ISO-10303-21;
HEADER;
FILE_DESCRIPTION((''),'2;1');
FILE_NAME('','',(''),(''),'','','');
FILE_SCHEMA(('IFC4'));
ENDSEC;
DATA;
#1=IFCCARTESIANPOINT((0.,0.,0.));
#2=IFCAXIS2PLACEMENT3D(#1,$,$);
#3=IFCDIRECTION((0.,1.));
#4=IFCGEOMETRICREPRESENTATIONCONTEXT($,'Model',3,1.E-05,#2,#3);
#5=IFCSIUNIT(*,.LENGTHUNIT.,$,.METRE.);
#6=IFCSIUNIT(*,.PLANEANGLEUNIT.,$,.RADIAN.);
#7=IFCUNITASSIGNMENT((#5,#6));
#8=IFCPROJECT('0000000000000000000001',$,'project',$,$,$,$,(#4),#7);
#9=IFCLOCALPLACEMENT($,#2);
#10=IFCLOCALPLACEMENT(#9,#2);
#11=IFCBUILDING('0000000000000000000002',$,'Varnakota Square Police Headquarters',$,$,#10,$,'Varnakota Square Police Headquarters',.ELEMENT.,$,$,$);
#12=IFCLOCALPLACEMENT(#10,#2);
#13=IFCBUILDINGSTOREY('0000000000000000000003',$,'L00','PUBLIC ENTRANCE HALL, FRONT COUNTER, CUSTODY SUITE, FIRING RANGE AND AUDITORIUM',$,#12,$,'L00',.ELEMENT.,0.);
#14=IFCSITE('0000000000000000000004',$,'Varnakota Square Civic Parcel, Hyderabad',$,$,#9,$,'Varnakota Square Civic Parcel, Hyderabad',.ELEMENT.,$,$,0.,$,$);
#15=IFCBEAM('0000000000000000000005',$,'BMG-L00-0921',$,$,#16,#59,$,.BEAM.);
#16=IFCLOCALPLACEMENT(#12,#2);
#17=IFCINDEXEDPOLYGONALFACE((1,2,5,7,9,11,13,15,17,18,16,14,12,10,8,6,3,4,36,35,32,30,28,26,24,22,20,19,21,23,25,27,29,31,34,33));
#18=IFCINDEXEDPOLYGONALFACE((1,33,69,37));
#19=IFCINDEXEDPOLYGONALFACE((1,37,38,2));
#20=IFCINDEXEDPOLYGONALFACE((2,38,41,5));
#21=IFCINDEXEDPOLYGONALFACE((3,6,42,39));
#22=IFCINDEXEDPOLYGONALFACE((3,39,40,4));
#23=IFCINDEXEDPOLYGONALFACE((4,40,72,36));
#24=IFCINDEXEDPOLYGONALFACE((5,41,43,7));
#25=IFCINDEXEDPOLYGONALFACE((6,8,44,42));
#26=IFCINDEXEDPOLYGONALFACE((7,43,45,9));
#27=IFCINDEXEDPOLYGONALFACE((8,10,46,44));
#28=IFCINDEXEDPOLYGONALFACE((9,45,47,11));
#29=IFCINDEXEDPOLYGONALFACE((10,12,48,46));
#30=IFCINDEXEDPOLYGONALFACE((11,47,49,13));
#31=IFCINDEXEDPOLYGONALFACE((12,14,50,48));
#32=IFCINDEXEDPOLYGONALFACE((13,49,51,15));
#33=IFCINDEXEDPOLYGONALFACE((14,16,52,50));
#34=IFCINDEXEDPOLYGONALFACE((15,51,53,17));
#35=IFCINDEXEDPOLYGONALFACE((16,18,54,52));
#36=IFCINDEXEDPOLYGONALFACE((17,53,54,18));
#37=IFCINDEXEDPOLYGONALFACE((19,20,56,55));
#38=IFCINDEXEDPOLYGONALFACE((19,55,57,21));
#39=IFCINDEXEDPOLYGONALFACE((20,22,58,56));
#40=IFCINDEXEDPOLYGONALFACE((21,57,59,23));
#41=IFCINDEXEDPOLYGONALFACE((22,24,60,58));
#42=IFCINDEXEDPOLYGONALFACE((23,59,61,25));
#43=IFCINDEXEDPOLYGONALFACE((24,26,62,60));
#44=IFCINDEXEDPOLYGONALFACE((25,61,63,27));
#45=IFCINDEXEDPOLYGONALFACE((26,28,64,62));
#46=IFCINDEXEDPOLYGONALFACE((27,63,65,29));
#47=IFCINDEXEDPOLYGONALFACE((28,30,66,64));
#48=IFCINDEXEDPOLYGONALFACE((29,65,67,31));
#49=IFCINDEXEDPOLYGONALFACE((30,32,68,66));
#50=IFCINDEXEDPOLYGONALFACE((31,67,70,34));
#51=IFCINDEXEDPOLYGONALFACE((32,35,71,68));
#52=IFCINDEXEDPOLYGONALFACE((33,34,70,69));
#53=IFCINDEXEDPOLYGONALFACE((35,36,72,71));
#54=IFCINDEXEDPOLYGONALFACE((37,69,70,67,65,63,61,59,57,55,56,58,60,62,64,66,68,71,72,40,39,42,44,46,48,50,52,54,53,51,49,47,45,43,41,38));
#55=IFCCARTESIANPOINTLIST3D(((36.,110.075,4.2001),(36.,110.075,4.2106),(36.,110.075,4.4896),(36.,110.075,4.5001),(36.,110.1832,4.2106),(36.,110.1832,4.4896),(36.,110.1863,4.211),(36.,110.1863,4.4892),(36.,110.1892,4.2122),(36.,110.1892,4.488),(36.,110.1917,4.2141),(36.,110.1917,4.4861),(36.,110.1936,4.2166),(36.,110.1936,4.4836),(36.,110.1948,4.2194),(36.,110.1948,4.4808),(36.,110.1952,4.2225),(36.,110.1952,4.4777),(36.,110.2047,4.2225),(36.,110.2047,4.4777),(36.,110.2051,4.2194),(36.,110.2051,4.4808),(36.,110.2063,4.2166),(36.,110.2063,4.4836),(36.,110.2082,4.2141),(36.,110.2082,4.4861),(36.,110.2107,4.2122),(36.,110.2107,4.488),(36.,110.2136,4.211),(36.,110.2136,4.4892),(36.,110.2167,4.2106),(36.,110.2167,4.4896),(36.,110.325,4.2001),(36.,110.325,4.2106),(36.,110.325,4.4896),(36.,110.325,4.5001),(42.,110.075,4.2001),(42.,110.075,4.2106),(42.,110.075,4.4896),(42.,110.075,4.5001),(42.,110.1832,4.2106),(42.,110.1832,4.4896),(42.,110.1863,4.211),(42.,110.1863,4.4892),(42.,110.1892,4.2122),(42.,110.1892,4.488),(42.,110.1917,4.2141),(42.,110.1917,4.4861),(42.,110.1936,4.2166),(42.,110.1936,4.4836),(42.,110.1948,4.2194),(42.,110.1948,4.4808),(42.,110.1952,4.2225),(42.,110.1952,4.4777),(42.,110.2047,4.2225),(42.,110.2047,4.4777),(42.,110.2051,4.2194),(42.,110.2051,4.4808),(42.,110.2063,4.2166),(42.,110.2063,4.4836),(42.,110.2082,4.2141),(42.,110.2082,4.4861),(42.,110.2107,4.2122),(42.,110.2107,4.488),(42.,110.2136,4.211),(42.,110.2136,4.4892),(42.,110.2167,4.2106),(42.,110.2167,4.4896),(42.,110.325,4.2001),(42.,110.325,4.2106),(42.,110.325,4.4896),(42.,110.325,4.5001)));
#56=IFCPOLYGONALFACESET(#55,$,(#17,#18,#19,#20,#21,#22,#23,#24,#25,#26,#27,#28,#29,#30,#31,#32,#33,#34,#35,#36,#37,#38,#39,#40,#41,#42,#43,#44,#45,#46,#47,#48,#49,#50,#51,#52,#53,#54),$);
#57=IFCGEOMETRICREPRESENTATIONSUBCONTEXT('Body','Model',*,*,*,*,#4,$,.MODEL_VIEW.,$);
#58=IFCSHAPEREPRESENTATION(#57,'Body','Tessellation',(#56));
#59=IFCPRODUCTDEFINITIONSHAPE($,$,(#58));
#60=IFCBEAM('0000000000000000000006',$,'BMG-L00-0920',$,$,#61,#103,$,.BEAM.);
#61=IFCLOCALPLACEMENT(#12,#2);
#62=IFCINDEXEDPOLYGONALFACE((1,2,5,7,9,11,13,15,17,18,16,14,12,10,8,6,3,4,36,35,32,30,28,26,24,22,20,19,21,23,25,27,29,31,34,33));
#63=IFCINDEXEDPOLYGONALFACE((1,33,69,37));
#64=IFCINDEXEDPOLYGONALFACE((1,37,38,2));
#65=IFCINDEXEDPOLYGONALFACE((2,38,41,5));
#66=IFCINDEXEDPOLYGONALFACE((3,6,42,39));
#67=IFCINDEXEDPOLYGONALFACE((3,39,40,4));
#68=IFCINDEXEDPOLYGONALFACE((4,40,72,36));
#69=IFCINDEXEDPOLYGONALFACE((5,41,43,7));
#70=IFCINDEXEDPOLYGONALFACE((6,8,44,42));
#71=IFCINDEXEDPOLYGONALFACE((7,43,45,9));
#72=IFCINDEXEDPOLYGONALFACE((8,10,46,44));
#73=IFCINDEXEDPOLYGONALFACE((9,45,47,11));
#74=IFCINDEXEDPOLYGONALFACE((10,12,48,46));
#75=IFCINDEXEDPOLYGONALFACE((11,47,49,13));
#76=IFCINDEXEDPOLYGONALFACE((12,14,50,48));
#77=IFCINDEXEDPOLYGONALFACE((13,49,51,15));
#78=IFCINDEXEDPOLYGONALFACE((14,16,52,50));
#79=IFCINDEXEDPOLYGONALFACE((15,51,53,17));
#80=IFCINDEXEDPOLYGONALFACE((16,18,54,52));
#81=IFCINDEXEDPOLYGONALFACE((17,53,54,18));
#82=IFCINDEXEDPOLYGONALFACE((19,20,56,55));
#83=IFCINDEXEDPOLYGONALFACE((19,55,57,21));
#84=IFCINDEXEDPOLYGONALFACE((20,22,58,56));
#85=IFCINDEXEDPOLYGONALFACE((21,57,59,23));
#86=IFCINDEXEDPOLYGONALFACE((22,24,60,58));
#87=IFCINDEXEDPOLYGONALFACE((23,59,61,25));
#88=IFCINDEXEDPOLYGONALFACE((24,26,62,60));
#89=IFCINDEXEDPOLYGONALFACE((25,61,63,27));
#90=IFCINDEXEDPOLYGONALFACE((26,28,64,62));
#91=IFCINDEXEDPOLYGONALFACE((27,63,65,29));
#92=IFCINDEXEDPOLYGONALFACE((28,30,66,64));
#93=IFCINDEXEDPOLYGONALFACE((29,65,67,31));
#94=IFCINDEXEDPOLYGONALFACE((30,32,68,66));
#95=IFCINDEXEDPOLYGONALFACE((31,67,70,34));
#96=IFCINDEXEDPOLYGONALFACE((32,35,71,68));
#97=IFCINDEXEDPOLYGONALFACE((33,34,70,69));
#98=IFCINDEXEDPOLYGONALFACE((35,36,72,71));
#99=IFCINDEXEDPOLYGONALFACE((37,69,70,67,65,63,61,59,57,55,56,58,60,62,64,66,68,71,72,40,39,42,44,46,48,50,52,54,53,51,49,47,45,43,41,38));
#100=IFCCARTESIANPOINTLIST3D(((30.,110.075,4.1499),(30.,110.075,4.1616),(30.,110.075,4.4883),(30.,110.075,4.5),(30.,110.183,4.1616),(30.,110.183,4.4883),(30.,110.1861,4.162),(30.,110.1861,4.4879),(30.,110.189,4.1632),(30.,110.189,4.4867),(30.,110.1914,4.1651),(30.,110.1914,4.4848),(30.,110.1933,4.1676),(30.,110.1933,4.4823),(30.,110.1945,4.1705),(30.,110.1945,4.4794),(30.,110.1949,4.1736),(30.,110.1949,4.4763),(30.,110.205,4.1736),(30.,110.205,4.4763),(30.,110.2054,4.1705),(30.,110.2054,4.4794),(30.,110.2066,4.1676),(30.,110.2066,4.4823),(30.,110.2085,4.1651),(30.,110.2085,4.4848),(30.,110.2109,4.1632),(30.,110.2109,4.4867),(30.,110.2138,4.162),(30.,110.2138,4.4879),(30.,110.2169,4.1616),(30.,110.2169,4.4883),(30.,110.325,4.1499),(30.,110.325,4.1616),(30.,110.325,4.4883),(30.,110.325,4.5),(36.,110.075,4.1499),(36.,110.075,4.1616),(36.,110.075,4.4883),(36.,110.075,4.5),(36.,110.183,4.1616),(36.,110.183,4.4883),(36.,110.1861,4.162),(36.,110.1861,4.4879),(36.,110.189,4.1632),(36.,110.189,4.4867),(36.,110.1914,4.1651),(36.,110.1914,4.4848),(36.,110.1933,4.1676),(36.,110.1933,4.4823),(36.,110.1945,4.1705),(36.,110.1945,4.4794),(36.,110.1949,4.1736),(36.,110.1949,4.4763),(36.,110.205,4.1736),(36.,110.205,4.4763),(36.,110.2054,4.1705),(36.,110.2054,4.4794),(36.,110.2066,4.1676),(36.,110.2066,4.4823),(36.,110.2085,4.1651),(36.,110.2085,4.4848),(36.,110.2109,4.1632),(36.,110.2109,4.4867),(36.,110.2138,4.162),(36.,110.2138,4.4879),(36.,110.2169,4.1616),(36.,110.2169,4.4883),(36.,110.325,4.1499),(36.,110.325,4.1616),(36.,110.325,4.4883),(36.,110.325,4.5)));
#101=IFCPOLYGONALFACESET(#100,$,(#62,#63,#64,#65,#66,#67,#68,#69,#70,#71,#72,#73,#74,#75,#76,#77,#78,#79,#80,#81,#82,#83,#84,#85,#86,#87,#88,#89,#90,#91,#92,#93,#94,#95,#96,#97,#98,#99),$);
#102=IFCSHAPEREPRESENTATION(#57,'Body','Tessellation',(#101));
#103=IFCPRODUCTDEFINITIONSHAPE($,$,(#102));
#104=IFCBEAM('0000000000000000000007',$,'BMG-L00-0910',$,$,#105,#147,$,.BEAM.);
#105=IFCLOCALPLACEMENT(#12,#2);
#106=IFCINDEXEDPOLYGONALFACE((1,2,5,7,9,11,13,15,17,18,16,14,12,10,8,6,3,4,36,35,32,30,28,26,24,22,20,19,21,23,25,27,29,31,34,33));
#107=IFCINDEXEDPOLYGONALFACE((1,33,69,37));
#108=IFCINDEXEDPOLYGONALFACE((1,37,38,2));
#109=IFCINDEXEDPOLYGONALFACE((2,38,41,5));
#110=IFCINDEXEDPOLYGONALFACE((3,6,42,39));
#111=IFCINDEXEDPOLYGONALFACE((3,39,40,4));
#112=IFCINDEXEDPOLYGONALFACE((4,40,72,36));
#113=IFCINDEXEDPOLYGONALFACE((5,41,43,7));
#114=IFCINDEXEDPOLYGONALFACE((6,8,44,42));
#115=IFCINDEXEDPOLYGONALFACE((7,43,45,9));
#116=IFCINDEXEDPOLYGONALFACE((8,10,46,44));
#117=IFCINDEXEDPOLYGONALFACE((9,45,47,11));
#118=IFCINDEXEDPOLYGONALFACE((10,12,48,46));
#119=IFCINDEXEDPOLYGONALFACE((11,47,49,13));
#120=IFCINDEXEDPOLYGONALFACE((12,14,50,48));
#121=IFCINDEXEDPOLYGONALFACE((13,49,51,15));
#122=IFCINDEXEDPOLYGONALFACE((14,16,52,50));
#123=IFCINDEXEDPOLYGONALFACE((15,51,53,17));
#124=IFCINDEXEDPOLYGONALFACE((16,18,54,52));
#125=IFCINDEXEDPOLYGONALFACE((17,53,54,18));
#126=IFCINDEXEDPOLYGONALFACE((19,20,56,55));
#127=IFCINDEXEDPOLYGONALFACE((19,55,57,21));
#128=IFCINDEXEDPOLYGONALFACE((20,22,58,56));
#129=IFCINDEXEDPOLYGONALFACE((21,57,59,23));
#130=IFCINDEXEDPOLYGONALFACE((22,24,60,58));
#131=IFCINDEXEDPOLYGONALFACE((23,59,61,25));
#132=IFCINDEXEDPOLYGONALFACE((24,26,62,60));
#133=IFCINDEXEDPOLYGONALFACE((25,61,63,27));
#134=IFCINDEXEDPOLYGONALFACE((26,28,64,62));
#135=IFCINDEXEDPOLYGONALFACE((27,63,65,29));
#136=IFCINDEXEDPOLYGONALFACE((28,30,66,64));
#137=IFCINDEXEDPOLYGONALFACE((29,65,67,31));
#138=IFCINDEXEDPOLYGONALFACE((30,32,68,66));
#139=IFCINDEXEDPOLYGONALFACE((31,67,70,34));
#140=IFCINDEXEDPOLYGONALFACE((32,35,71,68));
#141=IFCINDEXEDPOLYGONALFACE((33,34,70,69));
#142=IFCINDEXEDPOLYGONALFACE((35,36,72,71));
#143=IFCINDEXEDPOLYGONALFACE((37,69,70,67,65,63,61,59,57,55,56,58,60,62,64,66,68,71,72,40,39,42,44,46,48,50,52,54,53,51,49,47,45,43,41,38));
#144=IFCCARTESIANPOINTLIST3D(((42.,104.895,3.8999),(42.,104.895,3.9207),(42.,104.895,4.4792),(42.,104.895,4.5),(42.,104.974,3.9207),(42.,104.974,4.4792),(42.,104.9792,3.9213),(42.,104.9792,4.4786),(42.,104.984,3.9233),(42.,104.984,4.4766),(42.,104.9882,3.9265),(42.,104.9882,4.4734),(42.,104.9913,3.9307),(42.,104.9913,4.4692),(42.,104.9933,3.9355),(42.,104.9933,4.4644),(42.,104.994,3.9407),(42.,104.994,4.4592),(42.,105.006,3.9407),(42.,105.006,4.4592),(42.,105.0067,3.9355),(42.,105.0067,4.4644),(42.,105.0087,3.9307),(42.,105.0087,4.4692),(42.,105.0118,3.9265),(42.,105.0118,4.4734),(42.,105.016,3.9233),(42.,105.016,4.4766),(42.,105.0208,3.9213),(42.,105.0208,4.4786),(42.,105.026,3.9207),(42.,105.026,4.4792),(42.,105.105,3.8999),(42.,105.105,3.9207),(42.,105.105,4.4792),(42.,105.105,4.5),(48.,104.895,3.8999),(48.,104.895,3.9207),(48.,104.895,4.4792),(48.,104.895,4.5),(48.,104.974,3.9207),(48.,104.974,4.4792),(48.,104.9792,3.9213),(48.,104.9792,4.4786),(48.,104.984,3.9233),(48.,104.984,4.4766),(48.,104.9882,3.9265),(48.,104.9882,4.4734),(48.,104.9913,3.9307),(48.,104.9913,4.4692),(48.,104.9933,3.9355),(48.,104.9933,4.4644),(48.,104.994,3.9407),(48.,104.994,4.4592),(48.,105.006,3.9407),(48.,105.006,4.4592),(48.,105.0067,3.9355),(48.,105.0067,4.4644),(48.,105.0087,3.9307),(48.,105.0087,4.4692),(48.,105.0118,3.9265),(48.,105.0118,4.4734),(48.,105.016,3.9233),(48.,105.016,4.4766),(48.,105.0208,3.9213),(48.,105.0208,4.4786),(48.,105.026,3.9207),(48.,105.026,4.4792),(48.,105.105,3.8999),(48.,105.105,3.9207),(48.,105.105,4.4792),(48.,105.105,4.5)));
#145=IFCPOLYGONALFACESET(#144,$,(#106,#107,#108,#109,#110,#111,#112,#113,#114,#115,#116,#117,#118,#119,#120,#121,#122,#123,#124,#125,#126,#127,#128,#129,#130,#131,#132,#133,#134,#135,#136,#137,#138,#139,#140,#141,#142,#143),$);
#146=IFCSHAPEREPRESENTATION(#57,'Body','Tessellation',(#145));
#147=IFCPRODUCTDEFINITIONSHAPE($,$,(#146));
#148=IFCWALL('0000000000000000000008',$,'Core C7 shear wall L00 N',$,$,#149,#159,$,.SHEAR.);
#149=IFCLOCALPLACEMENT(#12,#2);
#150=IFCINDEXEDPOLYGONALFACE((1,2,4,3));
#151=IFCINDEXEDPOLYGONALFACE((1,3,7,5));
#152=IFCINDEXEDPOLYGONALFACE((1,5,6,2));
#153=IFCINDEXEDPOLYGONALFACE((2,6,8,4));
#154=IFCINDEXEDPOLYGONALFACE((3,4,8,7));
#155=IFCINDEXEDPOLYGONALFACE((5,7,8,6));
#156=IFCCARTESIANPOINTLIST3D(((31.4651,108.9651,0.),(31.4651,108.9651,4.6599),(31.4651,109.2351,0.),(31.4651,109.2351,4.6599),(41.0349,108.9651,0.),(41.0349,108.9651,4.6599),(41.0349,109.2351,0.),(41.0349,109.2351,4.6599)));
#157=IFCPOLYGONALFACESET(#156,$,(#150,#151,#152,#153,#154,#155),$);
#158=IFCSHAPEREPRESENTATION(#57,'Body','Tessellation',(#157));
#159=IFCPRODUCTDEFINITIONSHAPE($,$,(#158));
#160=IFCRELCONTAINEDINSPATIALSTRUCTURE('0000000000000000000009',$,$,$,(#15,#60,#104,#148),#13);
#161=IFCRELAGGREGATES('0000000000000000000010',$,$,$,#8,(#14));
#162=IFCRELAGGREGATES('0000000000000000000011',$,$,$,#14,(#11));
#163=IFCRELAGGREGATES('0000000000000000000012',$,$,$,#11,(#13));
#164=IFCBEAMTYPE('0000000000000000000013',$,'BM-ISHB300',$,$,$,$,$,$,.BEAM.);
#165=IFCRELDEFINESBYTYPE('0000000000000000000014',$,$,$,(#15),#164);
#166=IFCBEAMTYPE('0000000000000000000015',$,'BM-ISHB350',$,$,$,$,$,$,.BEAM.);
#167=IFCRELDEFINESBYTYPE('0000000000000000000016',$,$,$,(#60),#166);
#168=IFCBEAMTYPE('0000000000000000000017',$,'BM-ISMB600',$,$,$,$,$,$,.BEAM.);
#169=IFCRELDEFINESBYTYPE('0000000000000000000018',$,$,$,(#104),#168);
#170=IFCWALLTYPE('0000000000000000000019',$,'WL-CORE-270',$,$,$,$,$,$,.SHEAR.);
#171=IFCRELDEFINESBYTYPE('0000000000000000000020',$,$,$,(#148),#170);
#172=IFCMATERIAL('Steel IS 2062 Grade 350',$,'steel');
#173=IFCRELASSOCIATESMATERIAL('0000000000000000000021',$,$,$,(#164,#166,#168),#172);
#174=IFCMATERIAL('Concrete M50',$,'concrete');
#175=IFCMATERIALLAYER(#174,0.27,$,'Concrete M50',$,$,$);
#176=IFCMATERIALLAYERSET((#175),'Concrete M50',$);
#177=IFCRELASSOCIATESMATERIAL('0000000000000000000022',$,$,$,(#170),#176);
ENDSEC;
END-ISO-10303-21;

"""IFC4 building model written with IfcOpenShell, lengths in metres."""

from ifc_helpers import new_model, si_unit, direction, frame, frame_2d, origin, origin_2d, place, context, subcontext, project, spatial, rectangle, i_section, extrude, material, layer, layer_set, material_profile, profile_set, type_object, element, save


model = new_model("IFC4")

# Units and contexts
model_context = context("Model", 3, precision=1e-05, world=origin(), true_north=direction((0.0, 1.0)))
body_context = subcontext(model_context, "Body", "Model", "MODEL_VIEW")
ifc_project = project(units=[si_unit("LENGTHUNIT", "METRE"), si_unit("PLANEANGLEUNIT", "RADIAN")], contexts=[model_context])

# Site, building, storey
site_placement = place(None, origin())
site = spatial("IfcSite", under=ifc_project, at=site_placement, Name="Varnakota Square Civic Parcel, Hyderabad", LongName="Varnakota Square Civic Parcel, Hyderabad", CompositionType="ELEMENT", RefElevation=0.0)
building_placement = place(site_placement, origin())
building = spatial("IfcBuilding", under=site, at=building_placement, Name="Varnakota Square Police Headquarters", LongName="Varnakota Square Police Headquarters", CompositionType="ELEMENT")
storey_placement = place(building_placement, origin())
storey = spatial("IfcBuildingStorey", under=building, at=storey_placement, Name="L00", Description="PUBLIC ENTRANCE HALL, FRONT COUNTER, CUSTODY SUITE, FIRING RANGE AND AUDITORIUM", LongName="L00", CompositionType="ELEMENT", Elevation=0.0)

# Shared definitions
ifc_material_1 = material(Name="Concrete M50", Category="concrete")

# Beams
ifc_material_2 = material(Name="Steel IS 2062 Grade 350", Category="steel")
ifc_material_profile_1 = material_profile(ifc_material_2, i_section(OverallWidth=0.25, OverallDepth=0.3, WebThickness=0.0095, FlangeThickness=0.0105, FilletRadius=0.012, at=origin_2d()), Name="ISHB 300")
ifc_profile_set_1 = profile_set([ifc_material_profile_1], Name="Steel IS 2062 Grade 350")
beam_type_1 = type_object("IfcBeamType", Name="BM-ISHB300", PredefinedType="BEAM", material=ifc_profile_set_1)
beam_1_placement = place(storey_placement, frame((36.0, 110.2, 4.3501), z_axis=(1.0, 0.0, 0.0), x_axis=(0.0, 1.0, 0.0)))
element("IfcBeam", 1, at=beam_1_placement, inside=storey, type_object=beam_type_1, Name="BMG-L00-0921", PredefinedType="BEAM", context=body_context, shape_type="SweptSolid", body=[
    extrude(i_section(OverallWidth=0.25, OverallDepth=0.3, WebThickness=0.0095, FlangeThickness=0.0105, FilletRadius=0.012, at=origin_2d()), origin(), (0.0, 0.0, 1.0), 6.0),
])
ifc_material_profile_2 = material_profile(ifc_material_2, i_section(OverallWidth=0.25, OverallDepth=0.3501, WebThickness=0.01, FlangeThickness=0.0117, FilletRadius=0.012, at=origin_2d()), Name="ISHB 350")
ifc_profile_set_2 = profile_set([ifc_material_profile_2], Name="Steel IS 2062 Grade 350")
beam_type_2 = type_object("IfcBeamType", Name="BM-ISHB350", PredefinedType="BEAM", material=ifc_profile_set_2)
beam_2_placement = place(storey_placement, frame((30.0, 110.2, 4.325), z_axis=(1.0, 0.0, 0.0), x_axis=(0.0, 1.0, 0.0)))
element("IfcBeam", 2, at=beam_2_placement, inside=storey, type_object=beam_type_2, Name="BMG-L00-0920", PredefinedType="BEAM", context=body_context, shape_type="SweptSolid", body=[
    extrude(i_section(OverallWidth=0.25, OverallDepth=0.3501, WebThickness=0.01, FlangeThickness=0.0117, FilletRadius=0.012, at=origin_2d()), origin(), (0.0, 0.0, 1.0), 6.0),
])
ifc_material_profile_3 = material_profile(ifc_material_2, i_section(OverallWidth=0.21, OverallDepth=0.6001, WebThickness=0.012, FlangeThickness=0.0208, FilletRadius=0.02, at=origin_2d()), Name="ISMB 600")
ifc_profile_set_3 = profile_set([ifc_material_profile_3], Name="Steel IS 2062 Grade 350")
beam_type_3 = type_object("IfcBeamType", Name="BM-ISMB600", PredefinedType="BEAM", material=ifc_profile_set_3)
beam_3_placement = place(storey_placement, frame((42.0, 105.0, 4.2), z_axis=(1.0, 0.0, 0.0), x_axis=(0.0, 1.0, 0.0)))
element("IfcBeam", 3, at=beam_3_placement, inside=storey, type_object=beam_type_3, Name="BMG-L00-0910", PredefinedType="BEAM", context=body_context, shape_type="SweptSolid", body=[
    extrude(i_section(OverallWidth=0.21, OverallDepth=0.6001, WebThickness=0.012, FlangeThickness=0.0208, FilletRadius=0.02, at=origin_2d()), origin(), (0.0, 0.0, 1.0), 6.0),
])

# Wall
ifc_layer_1 = layer(ifc_material_1, 0.27, Name="Concrete M50")
ifc_layer_set_1 = layer_set([ifc_layer_1], Name="Concrete M50")
wall_type_1 = type_object("IfcWallType", Name="WL-CORE-270", PredefinedType="SHEAR", material=ifc_layer_set_1)
wall_1_placement = place(storey_placement, frame((41.0349, 109.1001, 0.0), z_axis=(0.0, 0.0, 1.0), x_axis=(-1.0, 0.0, 0.0)))
element("IfcWall", 4, at=wall_1_placement, inside=storey, type_object=wall_type_1, Name="Core C7 shear wall L00 N", PredefinedType="SHEAR", context=body_context, shape_type="SweptSolid", body=[
    extrude(rectangle(XDim=9.5698, YDim=0.27, at=frame_2d((4.7849, 0.0))), origin(), (0.0, 0.0, 1.0), 4.6599),
])

save(model, "model.ifc")
